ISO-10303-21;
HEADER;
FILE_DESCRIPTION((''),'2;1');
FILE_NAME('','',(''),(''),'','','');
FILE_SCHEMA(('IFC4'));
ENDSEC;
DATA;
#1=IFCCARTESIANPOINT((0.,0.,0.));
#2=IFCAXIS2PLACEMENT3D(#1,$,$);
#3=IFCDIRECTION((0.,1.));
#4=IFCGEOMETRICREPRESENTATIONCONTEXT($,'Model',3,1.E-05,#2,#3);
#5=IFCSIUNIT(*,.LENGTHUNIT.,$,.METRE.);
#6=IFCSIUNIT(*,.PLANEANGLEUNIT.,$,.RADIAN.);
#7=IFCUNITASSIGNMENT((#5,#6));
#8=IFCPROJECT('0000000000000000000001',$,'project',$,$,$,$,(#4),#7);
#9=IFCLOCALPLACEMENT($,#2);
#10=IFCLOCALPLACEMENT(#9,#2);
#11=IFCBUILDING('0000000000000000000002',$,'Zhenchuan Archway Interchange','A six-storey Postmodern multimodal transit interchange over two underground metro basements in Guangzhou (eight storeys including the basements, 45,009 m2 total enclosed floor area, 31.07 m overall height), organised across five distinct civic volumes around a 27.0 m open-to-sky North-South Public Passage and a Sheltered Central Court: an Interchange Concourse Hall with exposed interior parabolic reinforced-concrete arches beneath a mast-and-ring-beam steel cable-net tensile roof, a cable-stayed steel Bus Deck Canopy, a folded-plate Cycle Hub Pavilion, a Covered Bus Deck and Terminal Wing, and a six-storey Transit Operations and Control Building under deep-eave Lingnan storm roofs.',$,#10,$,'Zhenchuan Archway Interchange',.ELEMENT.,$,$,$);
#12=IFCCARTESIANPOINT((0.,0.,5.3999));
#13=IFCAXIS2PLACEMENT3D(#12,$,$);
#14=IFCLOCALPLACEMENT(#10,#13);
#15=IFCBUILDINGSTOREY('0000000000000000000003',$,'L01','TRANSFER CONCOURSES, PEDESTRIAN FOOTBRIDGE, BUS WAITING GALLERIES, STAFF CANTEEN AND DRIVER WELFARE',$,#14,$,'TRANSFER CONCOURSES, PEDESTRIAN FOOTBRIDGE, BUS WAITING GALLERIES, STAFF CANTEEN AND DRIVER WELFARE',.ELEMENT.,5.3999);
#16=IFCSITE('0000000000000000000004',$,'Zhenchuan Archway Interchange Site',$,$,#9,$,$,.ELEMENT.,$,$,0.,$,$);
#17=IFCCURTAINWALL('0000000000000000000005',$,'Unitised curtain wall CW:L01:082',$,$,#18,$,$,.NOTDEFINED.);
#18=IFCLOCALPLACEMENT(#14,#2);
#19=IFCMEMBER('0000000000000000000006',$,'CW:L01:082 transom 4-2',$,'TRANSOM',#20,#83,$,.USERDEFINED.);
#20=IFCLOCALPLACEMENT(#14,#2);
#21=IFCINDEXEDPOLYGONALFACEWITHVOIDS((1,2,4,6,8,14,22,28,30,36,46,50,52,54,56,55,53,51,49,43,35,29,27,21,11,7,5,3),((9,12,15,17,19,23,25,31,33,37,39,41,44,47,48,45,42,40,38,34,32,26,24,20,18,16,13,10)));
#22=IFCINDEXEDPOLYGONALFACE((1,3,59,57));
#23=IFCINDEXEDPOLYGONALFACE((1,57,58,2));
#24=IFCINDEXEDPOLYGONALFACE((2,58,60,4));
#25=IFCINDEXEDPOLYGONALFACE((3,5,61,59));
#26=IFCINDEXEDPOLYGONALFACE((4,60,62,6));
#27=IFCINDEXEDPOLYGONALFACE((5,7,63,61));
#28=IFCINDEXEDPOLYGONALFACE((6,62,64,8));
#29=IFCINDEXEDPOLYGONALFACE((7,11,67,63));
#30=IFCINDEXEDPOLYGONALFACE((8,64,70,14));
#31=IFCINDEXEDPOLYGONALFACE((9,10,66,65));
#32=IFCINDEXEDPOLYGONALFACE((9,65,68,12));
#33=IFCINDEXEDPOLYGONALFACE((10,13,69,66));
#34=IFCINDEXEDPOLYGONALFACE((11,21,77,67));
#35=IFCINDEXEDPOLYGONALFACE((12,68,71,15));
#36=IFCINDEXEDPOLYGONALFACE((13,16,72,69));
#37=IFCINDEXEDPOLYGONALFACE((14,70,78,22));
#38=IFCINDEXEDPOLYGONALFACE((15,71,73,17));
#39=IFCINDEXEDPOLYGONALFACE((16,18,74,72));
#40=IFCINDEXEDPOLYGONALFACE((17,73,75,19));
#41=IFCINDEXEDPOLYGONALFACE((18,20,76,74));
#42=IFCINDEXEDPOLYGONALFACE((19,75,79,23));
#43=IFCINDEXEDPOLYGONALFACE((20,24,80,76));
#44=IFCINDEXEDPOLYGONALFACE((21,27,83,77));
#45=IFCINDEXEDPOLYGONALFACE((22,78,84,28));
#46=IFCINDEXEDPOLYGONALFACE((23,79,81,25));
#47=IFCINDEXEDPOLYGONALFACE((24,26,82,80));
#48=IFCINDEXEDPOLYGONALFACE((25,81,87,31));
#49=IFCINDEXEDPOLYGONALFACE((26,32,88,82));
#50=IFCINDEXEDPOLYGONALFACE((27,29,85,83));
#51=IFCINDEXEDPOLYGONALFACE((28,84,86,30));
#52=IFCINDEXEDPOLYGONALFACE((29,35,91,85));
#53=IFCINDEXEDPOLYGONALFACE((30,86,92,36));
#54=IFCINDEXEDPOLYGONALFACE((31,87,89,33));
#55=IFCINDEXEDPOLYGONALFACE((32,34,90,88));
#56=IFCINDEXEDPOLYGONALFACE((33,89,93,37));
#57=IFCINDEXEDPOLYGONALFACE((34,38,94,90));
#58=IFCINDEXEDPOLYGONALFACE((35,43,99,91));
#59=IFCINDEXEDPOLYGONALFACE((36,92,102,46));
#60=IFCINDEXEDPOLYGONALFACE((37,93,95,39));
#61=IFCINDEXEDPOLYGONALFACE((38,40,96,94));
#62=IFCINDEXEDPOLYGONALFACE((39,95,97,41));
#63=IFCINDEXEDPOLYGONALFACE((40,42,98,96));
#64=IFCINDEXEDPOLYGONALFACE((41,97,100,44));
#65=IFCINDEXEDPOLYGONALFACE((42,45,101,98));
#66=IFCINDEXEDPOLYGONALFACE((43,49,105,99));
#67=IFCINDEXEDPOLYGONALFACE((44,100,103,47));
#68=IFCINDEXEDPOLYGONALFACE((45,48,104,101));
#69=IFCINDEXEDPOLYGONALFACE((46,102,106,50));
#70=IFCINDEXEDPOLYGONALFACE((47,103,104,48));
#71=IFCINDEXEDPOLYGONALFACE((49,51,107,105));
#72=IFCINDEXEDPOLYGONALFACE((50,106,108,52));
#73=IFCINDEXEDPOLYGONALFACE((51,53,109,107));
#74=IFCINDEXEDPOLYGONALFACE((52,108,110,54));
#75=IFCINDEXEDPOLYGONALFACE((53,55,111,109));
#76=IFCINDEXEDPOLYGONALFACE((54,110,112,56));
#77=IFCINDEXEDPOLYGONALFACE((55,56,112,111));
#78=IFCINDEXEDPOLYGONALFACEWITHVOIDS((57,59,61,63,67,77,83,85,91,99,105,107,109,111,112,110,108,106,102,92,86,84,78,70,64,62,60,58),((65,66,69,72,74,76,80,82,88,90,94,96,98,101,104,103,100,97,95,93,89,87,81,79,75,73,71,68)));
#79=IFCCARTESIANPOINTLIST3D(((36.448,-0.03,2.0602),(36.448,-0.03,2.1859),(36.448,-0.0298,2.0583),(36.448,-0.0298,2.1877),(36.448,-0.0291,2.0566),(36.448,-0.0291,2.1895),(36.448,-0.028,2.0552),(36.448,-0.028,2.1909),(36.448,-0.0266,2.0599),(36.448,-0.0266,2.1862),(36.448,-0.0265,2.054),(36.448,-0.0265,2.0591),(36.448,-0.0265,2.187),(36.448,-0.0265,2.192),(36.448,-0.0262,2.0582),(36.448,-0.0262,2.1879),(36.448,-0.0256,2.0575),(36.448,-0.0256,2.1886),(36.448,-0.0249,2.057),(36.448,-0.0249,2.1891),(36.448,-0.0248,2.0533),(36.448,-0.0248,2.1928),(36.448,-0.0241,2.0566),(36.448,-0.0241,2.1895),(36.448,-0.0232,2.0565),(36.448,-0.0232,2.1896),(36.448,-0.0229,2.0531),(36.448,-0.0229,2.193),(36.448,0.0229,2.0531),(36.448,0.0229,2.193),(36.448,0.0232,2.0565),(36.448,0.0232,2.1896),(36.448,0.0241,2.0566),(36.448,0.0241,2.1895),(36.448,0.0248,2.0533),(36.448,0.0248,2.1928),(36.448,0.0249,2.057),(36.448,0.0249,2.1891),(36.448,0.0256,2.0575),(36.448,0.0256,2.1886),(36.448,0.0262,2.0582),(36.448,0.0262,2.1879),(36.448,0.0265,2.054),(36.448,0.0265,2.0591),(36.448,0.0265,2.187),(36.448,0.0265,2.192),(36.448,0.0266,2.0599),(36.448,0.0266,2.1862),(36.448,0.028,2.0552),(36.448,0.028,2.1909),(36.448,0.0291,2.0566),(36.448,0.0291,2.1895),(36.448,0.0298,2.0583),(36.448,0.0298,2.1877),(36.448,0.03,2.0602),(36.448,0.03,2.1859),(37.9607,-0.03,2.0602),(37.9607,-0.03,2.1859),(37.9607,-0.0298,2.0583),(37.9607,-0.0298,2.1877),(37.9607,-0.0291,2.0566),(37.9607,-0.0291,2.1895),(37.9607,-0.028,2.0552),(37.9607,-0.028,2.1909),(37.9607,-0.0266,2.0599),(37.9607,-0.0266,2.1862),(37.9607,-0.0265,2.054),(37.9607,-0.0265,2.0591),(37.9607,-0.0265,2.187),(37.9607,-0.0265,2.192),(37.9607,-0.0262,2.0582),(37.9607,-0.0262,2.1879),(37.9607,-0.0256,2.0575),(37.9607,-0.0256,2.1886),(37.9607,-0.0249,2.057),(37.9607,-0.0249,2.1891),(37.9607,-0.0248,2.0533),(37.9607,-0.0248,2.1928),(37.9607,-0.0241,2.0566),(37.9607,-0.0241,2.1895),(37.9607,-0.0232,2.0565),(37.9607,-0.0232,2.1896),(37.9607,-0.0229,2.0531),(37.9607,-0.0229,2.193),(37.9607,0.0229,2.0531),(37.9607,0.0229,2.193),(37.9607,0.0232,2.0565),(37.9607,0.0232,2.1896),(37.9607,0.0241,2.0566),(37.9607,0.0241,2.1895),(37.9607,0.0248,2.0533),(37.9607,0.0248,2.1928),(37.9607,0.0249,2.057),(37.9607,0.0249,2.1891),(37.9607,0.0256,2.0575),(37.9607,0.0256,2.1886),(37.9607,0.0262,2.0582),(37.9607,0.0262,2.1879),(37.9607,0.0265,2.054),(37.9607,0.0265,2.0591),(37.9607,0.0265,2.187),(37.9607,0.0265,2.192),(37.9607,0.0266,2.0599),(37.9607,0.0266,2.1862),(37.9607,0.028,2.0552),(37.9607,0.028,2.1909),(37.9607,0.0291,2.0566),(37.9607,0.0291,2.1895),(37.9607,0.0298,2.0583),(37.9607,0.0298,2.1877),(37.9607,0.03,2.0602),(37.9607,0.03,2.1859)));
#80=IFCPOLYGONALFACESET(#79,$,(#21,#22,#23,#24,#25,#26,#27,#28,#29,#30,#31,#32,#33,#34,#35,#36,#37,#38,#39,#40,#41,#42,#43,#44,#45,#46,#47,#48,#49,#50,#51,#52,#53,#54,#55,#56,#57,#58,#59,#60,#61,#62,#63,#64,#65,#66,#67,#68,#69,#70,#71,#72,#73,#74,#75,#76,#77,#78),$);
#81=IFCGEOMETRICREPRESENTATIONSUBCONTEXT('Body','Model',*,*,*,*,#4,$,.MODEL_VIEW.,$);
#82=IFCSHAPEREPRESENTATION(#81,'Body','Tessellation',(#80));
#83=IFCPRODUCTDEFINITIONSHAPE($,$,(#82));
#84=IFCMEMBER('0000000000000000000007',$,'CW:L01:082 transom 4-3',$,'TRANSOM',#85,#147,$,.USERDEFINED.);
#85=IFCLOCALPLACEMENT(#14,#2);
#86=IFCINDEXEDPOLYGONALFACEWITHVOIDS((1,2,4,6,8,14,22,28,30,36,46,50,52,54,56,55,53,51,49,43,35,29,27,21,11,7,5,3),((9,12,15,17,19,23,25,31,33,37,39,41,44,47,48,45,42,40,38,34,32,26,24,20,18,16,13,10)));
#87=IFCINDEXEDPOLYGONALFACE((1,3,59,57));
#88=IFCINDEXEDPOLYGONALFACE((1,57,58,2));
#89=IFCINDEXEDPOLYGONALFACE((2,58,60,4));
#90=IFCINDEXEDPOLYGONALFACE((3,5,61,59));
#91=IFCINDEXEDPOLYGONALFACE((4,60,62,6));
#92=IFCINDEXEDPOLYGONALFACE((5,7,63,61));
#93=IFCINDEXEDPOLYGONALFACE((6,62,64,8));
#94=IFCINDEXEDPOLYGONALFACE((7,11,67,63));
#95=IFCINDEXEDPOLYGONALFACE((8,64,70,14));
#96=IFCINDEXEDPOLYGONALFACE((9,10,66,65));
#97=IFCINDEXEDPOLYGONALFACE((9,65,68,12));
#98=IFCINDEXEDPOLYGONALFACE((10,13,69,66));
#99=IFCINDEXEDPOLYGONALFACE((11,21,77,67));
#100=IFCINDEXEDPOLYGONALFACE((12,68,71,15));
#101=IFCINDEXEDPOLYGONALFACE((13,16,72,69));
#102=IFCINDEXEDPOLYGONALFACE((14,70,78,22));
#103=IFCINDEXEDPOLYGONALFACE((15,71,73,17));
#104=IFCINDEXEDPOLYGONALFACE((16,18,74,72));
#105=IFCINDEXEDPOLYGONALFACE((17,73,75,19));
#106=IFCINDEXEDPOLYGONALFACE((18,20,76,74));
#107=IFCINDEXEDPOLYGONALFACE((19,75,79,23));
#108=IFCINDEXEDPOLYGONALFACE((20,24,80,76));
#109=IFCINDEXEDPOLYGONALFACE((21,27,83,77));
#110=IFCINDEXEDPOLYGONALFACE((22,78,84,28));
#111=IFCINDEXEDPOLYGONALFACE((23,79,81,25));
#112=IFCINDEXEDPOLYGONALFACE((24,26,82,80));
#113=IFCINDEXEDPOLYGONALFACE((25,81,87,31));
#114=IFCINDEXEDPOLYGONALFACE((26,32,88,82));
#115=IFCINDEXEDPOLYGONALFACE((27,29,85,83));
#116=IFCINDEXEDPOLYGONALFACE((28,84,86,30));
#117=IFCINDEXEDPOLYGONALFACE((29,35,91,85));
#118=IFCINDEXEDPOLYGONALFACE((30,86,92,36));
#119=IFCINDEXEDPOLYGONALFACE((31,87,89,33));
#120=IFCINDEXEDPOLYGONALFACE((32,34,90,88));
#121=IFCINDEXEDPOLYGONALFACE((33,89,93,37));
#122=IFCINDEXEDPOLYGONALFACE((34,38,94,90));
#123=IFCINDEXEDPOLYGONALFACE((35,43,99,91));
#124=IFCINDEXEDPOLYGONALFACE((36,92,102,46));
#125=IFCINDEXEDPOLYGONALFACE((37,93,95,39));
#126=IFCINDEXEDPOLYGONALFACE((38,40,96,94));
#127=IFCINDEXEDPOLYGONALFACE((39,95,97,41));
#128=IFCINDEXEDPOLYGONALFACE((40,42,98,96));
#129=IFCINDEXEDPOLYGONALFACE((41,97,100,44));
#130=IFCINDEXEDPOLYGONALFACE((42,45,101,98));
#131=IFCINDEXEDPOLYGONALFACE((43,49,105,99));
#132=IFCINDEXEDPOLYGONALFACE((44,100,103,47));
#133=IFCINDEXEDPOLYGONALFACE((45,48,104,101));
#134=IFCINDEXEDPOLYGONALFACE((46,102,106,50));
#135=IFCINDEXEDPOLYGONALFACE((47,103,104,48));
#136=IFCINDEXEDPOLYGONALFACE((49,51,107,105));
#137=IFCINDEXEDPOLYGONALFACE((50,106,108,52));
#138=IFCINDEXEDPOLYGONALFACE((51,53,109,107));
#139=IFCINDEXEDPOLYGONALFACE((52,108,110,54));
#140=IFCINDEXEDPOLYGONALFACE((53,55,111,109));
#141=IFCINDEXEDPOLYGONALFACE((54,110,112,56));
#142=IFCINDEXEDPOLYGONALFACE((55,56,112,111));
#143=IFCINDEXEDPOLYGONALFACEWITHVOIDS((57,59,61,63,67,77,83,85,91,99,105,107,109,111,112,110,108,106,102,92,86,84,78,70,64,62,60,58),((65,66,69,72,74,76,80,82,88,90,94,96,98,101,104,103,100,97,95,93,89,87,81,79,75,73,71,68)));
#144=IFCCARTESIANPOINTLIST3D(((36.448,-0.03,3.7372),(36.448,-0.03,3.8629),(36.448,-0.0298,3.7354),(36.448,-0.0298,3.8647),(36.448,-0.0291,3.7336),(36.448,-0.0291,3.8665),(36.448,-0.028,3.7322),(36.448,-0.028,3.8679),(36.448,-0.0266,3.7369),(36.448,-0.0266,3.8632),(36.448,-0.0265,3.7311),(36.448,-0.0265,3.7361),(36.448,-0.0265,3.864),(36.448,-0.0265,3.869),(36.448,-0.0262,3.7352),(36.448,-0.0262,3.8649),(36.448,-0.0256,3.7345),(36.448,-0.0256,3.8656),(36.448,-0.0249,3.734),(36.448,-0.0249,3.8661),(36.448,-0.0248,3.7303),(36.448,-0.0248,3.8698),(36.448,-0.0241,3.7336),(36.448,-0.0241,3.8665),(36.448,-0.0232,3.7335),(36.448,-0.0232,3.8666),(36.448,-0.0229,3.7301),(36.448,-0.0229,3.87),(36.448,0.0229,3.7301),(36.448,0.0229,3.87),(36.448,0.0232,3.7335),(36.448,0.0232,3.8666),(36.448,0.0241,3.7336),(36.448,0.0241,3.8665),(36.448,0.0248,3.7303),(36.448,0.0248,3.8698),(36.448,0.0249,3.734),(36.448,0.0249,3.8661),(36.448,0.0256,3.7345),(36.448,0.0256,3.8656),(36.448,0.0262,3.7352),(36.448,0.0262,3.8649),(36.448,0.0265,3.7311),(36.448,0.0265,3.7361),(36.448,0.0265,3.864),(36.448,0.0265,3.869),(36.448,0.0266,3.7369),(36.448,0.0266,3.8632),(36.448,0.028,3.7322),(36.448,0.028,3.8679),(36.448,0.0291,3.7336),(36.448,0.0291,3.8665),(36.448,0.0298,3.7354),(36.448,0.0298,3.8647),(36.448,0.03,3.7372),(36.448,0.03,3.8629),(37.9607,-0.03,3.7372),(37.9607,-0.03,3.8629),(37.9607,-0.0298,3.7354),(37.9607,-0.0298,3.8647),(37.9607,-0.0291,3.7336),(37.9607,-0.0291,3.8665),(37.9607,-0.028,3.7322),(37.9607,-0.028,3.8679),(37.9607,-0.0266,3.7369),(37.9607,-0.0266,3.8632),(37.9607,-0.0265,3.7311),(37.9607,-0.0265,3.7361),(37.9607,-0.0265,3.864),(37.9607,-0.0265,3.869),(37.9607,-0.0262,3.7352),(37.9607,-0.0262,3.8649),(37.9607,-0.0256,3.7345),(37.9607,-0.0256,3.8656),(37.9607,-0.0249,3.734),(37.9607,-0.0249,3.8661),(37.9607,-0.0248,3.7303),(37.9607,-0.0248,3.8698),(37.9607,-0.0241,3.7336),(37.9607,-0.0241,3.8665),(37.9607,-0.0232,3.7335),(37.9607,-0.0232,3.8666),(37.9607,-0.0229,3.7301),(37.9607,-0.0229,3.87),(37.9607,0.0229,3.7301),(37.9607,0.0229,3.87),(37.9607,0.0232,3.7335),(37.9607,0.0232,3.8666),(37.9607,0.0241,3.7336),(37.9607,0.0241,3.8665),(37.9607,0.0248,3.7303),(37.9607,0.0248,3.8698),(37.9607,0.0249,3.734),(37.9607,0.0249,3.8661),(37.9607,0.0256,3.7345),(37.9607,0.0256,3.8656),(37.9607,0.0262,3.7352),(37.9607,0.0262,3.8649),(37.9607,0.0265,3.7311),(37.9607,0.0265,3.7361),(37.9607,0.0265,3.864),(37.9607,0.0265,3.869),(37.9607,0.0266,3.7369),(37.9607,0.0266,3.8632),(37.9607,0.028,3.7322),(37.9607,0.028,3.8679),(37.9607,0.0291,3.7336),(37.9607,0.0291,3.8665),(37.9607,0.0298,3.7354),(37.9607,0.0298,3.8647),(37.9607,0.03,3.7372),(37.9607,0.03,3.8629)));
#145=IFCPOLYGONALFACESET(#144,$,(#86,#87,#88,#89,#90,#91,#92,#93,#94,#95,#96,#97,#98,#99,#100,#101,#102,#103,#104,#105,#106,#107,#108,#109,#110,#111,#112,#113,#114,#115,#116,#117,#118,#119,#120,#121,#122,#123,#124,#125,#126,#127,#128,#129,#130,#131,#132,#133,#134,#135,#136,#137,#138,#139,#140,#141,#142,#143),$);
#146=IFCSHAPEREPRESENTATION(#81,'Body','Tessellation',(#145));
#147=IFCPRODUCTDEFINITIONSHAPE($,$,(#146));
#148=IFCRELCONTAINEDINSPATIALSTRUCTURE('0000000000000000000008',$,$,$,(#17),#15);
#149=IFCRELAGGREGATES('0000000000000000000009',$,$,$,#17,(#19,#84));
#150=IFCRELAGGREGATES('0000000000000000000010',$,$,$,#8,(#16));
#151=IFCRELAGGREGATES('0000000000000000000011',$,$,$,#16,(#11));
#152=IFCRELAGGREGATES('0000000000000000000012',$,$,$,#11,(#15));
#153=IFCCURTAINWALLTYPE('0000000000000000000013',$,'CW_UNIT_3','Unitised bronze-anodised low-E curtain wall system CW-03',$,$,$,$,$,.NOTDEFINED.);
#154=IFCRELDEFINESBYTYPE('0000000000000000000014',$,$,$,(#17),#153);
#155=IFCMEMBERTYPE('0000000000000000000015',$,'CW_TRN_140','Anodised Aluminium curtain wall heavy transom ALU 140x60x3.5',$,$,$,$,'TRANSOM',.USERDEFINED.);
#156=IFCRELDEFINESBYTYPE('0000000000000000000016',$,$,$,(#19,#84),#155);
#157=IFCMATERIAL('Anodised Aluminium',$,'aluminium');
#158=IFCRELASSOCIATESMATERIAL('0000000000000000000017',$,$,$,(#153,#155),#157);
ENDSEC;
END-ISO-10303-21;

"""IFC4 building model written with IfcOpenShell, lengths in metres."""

from ifc_helpers import new_model, si_unit, direction, frame, origin, origin_2d, place, context, subcontext, project, spatial, hollow_rectangle, extrude, material, material_profile, profile_set, type_object, element, aggregate, save


model = new_model("IFC4")

# Units and contexts
model_context = context("Model", 3, precision=1e-05, world=origin(), true_north=direction((0.0, 1.0)))
body_context = subcontext(model_context, "Body", "Model", "MODEL_VIEW")
ifc_project = project(units=[si_unit("LENGTHUNIT", "METRE"), si_unit("PLANEANGLEUNIT", "RADIAN")], contexts=[model_context])

# Site, building, storey
site_placement = place(None, origin())
site = spatial("IfcSite", under=ifc_project, at=site_placement, Name="Zhenchuan Archway Interchange Site", CompositionType="ELEMENT", RefElevation=0.0)
building_placement = place(site_placement, origin())
building = spatial("IfcBuilding", under=site, at=building_placement, Name="Zhenchuan Archway Interchange", Description="A six-storey Postmodern multimodal transit interchange over two underground metro basements in Guangzhou (eight storeys including the basements, 45,009 m2 total enclosed floor area, 31.07 m overall height), organised across five distinct civic volumes around a 27.0 m open-to-sky North-South Public Passage and a Sheltered Central Court: an Interchange Concourse Hall with exposed interior parabolic reinforced-concrete arches beneath a mast-and-ring-beam steel cable-net tensile roof, a cable-stayed steel Bus Deck Canopy, a folded-plate Cycle Hub Pavilion, a Covered Bus Deck and Terminal Wing, and a six-storey Transit Operations and Control Building under deep-eave Lingnan storm roofs.", LongName="Zhenchuan Archway Interchange", CompositionType="ELEMENT")
storey_placement = place(building_placement, frame((0.0, 0.0, 5.3999)))
storey = spatial("IfcBuildingStorey", under=building, at=storey_placement, Name="L01", Description="TRANSFER CONCOURSES, PEDESTRIAN FOOTBRIDGE, BUS WAITING GALLERIES, STAFF CANTEEN AND DRIVER WELFARE", LongName="TRANSFER CONCOURSES, PEDESTRIAN FOOTBRIDGE, BUS WAITING GALLERIES, STAFF CANTEEN AND DRIVER WELFARE", CompositionType="ELEMENT", Elevation=5.3999)

# Curtain wall
ifc_material_1 = material(Name="Anodised Aluminium", Category="aluminium")
curtain_wall_type_1 = type_object("IfcCurtainWallType", Name="CW_UNIT_3", Description="Unitised bronze-anodised low-E curtain wall system CW-03", PredefinedType="NOTDEFINED", material=ifc_material_1)
curtain_wall_1_placement = place(storey_placement, origin())
curtain_wall_1 = element("IfcCurtainWall", 1, at=curtain_wall_1_placement, inside=storey, type_object=curtain_wall_type_1, Name="Unitised curtain wall CW:L01:082", PredefinedType="NOTDEFINED")

# Members
ifc_material_profile_1 = material_profile(ifc_material_1, hollow_rectangle(XDim=0.0601, YDim=0.1399, WallThickness=0.0034, InnerFilletRadius=0.0034, OuterFilletRadius=0.0071, at=origin_2d()), Name="ALU 140x60x3.5")
ifc_profile_set_1 = profile_set([ifc_material_profile_1], Name="Anodised Aluminium")
member_type_1 = type_object("IfcMemberType", Name="CW_TRN_140", Description="Anodised Aluminium curtain wall heavy transom ALU 140x60x3.5", ElementType="TRANSOM", PredefinedType="USERDEFINED", material=ifc_profile_set_1)
member_1_placement = place(storey_placement, frame((37.9607, 0.0, 2.123), z_axis=(-1.0, 0.0, 0.0), x_axis=(0.0, -1.0, 0.0)))
member_1 = element("IfcMember", 2, at=member_1_placement, type_object=member_type_1, Name="CW:L01:082 transom 4-2", ObjectType="TRANSOM", PredefinedType="USERDEFINED", context=body_context, shape_type="SweptSolid", body=[
    extrude(hollow_rectangle(XDim=0.0601, YDim=0.1399, WallThickness=0.0034, InnerFilletRadius=0.0034, OuterFilletRadius=0.0071, at=origin_2d()), origin(), (0.0, 0.0, 1.0), 1.5127),
])
member_2_placement = place(storey_placement, frame((37.9607, 0.0, 3.8), z_axis=(-1.0, 0.0, 0.0), x_axis=(0.0, -1.0, 0.0)))
member_2 = element("IfcMember", 3, at=member_2_placement, type_object=member_type_1, Name="CW:L01:082 transom 4-3", ObjectType="TRANSOM", PredefinedType="USERDEFINED", context=body_context, shape_type="SweptSolid", body=[
    extrude(hollow_rectangle(XDim=0.0601, YDim=0.1399, WallThickness=0.0034, InnerFilletRadius=0.0034, OuterFilletRadius=0.0071, at=origin_2d()), origin(), (0.0, 0.0, 1.0), 1.5127),
])

aggregate(curtain_wall_1, [member_1, member_2])

save(model, "model.ifc")
